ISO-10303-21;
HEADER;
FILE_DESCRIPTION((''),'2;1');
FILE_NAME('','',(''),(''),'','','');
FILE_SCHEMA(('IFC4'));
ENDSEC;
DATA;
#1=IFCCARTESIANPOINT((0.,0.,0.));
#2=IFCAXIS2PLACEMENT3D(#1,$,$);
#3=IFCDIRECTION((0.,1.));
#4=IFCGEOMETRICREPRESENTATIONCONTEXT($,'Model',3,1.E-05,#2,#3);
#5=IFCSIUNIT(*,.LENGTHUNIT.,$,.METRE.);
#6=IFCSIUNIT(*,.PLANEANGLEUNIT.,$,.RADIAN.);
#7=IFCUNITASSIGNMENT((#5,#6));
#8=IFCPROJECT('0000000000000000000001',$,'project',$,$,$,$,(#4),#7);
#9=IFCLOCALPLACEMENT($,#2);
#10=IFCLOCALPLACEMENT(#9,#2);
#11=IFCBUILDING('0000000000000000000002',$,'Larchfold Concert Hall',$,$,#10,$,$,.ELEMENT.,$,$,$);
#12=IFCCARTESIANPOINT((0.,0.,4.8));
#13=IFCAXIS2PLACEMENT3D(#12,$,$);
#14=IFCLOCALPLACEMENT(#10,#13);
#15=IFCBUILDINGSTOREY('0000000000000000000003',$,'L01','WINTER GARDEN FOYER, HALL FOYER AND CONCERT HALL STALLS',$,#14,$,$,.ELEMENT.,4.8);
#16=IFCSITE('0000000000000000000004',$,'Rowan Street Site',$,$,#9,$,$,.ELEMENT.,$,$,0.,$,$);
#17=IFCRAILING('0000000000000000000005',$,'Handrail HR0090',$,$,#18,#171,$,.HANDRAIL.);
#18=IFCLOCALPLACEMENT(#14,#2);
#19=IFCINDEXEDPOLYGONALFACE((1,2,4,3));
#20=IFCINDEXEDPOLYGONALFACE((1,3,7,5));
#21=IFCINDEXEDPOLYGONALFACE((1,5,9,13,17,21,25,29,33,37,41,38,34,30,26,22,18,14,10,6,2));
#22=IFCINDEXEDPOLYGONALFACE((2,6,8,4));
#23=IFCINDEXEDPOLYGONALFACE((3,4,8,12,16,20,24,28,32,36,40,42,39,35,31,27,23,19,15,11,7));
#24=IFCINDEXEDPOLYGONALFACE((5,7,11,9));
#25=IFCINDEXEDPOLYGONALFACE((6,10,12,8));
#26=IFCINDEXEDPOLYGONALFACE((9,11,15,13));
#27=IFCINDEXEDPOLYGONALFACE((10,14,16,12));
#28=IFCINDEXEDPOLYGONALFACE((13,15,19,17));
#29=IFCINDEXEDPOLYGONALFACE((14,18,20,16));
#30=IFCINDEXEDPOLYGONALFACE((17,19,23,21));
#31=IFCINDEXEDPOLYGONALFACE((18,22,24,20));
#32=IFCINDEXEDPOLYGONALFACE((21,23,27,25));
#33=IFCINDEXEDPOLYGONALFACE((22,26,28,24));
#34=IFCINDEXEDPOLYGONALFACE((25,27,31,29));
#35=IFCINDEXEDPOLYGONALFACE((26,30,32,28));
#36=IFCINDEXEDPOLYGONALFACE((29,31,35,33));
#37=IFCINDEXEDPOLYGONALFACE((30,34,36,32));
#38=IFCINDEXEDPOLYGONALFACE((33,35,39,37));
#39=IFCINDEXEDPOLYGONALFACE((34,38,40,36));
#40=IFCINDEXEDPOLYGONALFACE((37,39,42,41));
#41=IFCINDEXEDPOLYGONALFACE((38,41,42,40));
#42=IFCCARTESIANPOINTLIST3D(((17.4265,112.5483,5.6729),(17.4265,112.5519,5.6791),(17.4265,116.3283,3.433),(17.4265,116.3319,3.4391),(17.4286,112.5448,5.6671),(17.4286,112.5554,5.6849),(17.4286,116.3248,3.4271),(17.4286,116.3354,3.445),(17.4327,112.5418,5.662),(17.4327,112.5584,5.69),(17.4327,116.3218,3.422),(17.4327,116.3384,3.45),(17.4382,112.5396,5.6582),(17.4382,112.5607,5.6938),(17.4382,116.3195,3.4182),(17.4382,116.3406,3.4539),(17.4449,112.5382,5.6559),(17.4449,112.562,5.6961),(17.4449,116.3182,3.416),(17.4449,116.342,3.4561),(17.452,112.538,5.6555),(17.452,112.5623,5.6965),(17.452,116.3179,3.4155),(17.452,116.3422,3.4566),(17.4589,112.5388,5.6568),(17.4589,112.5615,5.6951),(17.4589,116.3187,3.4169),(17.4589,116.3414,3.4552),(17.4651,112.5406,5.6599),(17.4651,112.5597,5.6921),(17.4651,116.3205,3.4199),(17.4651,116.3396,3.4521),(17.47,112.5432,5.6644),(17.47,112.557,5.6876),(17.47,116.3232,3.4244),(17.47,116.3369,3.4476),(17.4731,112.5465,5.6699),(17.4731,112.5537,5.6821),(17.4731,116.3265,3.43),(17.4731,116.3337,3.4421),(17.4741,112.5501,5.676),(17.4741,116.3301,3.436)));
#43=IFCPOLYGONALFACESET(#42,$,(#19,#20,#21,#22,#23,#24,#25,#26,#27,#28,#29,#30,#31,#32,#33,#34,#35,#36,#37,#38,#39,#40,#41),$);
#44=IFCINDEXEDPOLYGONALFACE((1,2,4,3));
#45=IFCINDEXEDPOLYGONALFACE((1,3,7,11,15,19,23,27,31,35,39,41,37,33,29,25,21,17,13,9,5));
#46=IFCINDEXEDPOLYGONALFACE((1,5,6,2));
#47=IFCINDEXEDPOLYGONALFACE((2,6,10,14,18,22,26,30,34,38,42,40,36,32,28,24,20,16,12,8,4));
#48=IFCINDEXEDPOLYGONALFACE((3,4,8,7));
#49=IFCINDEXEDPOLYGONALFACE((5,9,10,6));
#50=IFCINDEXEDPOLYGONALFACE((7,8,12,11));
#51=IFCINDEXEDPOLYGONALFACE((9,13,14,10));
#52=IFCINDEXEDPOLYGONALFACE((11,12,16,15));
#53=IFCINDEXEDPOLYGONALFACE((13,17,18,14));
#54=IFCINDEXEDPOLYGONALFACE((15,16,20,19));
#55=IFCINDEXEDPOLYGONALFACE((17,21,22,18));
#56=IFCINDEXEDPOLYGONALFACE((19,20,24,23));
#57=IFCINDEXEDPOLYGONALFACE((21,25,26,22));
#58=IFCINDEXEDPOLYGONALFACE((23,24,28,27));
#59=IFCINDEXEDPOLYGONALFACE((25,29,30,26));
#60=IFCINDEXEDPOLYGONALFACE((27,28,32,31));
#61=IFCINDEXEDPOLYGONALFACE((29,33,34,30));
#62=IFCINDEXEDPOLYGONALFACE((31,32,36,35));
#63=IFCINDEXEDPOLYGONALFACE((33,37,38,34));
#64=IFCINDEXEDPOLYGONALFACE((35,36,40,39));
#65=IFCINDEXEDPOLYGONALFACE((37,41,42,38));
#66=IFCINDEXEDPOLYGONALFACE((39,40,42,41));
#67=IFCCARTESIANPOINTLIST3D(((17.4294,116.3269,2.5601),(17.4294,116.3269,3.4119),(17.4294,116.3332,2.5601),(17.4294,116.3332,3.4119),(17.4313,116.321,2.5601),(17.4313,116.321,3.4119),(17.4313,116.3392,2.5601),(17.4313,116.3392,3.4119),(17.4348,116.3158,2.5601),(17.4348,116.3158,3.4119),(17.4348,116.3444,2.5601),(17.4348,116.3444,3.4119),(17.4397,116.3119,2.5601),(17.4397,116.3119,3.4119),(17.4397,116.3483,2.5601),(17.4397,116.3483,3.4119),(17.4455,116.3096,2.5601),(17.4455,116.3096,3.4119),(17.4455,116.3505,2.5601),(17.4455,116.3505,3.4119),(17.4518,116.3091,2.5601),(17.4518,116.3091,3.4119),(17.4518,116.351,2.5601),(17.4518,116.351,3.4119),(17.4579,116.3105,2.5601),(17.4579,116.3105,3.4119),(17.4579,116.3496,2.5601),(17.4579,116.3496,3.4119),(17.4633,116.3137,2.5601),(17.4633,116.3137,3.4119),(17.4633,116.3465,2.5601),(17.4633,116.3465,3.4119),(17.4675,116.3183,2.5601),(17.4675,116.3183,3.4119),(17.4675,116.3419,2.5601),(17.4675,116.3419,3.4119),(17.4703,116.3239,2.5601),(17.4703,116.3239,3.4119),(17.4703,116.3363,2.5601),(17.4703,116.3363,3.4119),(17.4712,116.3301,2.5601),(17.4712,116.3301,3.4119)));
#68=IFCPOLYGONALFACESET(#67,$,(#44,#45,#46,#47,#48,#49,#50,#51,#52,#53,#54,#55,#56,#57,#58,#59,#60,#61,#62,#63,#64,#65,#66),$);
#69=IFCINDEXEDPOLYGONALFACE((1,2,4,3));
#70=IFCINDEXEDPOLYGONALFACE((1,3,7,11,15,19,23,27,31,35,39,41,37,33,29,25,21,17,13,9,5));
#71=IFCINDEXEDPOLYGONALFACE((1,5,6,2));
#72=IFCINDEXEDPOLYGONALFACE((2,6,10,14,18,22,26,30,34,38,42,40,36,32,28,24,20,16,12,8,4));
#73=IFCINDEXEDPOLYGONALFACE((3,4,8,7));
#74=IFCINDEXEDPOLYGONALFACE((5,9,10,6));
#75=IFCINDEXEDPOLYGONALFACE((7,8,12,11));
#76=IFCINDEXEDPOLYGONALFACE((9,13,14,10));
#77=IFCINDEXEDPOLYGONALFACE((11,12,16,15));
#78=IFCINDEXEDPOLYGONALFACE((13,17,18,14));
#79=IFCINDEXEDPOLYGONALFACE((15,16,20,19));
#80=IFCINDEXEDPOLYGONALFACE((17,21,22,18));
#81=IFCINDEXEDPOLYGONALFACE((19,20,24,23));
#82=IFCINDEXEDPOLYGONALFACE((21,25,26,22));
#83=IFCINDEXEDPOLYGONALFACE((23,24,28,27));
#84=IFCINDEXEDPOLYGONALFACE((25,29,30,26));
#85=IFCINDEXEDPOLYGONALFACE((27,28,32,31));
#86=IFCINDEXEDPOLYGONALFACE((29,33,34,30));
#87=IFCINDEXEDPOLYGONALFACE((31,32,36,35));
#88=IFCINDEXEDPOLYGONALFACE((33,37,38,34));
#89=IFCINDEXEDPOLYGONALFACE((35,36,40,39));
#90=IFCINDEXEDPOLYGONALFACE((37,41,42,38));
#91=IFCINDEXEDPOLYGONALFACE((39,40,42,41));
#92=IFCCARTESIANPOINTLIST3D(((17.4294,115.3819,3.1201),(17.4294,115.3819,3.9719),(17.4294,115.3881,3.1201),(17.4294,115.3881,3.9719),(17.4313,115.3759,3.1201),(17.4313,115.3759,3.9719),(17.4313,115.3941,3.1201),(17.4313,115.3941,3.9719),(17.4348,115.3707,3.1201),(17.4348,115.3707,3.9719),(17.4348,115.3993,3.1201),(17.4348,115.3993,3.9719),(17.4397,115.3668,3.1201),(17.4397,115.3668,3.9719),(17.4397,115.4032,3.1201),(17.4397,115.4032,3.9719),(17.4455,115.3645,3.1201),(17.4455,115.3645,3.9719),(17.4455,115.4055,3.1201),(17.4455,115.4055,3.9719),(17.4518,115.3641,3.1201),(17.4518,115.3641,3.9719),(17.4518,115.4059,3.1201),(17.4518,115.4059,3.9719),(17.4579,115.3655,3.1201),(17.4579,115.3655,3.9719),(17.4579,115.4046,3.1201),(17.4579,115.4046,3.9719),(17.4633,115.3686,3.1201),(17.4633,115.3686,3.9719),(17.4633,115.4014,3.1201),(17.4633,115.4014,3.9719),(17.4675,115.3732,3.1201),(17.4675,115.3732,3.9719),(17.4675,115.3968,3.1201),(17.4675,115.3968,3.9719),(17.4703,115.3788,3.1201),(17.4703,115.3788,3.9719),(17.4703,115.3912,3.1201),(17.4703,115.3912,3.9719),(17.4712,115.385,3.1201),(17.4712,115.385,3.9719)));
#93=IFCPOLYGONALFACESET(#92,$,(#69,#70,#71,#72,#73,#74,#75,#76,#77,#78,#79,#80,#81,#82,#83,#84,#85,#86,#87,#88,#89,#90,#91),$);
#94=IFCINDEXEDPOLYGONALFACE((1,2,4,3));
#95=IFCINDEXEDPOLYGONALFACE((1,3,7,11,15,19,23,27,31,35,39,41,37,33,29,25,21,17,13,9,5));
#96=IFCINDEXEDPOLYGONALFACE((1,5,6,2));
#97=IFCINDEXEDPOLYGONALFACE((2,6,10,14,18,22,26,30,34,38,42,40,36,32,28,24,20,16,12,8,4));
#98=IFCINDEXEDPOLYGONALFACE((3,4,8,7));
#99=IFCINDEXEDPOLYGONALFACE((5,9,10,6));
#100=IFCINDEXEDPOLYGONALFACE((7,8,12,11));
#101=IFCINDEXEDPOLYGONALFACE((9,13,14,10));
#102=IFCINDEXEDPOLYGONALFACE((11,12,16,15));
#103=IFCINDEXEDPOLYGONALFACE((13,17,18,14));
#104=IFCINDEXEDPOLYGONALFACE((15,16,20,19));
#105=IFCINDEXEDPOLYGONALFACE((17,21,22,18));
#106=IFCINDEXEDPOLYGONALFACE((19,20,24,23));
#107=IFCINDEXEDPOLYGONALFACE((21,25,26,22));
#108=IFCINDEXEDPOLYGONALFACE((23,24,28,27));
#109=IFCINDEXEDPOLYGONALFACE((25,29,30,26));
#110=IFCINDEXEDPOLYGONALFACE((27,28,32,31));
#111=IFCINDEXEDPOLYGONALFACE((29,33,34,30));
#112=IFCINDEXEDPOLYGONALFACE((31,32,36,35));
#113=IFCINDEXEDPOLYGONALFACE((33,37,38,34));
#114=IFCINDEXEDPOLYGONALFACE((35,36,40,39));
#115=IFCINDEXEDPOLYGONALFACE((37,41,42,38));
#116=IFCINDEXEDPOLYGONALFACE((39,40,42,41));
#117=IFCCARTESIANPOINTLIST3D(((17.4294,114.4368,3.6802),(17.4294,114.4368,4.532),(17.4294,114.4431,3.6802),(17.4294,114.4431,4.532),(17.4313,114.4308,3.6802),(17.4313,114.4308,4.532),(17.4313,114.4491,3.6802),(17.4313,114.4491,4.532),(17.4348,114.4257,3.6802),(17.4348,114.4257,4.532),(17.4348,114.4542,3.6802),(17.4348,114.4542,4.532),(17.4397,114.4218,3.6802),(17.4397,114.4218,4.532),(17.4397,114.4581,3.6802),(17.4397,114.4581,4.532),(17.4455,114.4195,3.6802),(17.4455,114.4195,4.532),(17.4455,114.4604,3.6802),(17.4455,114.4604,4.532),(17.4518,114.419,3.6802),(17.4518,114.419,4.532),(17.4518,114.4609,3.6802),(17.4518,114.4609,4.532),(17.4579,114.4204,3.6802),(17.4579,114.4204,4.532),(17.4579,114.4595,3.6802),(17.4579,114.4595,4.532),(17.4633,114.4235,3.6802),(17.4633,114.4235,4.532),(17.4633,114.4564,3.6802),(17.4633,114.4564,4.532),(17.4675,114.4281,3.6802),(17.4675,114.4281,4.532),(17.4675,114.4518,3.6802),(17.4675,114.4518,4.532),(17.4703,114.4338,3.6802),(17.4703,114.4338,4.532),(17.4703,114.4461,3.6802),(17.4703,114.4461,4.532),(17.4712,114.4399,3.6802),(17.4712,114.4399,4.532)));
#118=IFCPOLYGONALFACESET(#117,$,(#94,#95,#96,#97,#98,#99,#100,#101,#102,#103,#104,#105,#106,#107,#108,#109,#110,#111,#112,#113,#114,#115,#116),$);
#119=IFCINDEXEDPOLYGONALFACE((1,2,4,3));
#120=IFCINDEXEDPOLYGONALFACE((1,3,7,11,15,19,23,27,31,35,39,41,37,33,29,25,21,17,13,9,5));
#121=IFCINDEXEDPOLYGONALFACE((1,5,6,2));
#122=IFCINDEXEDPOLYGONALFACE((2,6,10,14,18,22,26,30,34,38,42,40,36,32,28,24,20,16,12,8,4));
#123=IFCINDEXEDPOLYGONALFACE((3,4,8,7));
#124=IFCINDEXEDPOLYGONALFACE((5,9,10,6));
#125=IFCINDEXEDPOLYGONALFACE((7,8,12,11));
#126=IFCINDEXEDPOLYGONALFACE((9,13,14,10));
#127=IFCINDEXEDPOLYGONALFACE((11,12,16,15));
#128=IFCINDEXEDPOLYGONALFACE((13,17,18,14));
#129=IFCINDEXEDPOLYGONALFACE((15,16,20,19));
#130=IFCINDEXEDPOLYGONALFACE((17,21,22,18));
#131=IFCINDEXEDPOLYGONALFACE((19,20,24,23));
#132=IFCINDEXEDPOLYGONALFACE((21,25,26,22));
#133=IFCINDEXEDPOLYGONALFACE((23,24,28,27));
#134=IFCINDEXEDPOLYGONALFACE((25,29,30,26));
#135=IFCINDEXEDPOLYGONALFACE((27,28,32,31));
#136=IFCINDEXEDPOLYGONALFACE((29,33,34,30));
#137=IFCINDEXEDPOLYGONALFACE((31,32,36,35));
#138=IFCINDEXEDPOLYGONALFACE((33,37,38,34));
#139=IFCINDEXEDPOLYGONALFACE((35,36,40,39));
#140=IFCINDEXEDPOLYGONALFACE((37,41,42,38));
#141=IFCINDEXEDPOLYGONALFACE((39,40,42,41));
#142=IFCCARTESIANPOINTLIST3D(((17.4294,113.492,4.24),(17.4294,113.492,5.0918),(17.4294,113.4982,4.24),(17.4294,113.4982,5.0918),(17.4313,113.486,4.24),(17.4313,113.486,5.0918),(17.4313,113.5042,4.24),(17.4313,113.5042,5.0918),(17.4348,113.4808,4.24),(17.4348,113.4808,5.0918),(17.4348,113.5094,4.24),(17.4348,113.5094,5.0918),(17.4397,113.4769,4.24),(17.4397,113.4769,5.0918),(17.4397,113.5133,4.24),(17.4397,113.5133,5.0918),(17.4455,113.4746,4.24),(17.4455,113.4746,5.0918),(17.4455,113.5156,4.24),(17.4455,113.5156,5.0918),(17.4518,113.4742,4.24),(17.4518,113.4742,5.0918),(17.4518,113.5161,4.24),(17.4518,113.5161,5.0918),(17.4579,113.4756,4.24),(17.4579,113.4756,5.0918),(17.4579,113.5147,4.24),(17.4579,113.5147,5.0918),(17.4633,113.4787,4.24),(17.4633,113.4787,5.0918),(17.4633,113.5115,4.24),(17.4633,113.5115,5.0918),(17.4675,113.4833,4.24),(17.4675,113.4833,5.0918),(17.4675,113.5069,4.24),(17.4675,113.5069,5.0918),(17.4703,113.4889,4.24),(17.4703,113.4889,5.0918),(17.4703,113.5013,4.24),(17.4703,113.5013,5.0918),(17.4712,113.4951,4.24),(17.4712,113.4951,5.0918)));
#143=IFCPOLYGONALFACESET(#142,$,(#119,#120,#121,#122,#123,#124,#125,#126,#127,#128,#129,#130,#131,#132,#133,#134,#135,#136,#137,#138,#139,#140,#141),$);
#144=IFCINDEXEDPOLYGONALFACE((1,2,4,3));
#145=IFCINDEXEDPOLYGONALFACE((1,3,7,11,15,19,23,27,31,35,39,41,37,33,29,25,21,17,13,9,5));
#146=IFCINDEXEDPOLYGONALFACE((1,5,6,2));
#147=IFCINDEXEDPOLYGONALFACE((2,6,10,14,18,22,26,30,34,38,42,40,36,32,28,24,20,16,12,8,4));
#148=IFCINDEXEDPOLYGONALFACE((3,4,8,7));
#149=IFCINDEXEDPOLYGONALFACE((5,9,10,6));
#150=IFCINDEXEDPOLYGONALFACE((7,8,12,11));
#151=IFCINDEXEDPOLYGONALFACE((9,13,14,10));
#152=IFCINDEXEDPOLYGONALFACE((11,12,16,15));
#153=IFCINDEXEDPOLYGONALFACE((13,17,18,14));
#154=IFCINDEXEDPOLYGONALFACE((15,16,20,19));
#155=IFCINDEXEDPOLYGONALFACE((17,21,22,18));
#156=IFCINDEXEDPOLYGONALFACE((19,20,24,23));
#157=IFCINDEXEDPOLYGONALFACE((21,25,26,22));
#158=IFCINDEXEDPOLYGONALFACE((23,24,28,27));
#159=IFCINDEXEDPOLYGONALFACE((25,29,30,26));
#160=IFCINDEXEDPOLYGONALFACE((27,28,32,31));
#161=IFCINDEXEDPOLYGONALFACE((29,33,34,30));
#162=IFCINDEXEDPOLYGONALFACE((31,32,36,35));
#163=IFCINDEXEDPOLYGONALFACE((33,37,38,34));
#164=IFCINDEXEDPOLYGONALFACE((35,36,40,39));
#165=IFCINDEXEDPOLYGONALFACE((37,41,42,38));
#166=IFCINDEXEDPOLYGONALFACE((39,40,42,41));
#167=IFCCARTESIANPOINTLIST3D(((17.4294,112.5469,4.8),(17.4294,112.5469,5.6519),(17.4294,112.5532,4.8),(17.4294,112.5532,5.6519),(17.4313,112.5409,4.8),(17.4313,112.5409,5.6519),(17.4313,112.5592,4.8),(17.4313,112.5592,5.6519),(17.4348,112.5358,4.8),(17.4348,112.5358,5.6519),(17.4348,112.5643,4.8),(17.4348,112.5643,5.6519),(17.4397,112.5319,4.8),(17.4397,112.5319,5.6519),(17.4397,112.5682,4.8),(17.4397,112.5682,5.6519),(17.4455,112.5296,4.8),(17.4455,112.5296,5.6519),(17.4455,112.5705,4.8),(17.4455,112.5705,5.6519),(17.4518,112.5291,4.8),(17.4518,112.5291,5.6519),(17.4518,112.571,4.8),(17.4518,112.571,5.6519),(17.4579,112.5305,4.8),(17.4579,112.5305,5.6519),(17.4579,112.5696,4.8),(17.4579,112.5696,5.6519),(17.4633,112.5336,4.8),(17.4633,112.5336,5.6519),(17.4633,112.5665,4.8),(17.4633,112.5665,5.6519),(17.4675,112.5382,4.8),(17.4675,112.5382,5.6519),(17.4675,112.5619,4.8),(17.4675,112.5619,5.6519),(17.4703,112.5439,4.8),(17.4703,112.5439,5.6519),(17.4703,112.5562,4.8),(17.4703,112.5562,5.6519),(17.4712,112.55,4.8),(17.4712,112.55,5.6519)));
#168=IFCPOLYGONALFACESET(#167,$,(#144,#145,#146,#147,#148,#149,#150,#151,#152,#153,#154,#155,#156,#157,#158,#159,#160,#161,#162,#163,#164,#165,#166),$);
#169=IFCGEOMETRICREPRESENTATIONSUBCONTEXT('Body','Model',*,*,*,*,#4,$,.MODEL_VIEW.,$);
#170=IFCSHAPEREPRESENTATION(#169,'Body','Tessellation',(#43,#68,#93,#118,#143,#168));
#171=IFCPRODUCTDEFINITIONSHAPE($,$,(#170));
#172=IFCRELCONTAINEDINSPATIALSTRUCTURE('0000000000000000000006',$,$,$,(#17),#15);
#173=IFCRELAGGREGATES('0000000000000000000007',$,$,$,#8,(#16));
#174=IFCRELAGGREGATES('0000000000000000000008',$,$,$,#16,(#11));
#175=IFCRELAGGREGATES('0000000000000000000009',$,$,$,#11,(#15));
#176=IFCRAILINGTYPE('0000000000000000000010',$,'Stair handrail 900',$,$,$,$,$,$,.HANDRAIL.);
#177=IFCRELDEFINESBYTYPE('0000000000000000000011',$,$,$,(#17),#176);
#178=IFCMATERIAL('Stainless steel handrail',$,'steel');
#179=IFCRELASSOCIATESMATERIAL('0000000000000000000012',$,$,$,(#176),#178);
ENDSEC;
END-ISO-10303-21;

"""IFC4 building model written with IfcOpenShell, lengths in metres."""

from ifc_helpers import new_model, si_unit, direction, frame, origin, origin_2d, place, context, subcontext, project, spatial, circle, extrude, material, type_object, element, save


model = new_model("IFC4")

# Units and contexts
model_context = context("Model", 3, precision=1e-05, world=origin(), true_north=direction((0.0, 1.0)))
body_context = subcontext(model_context, "Body", "Model", "MODEL_VIEW")
ifc_project = project(units=[si_unit("LENGTHUNIT", "METRE"), si_unit("PLANEANGLEUNIT", "RADIAN")], contexts=[model_context])

# Site, building, storey
site_placement = place(None, origin())
site = spatial("IfcSite", under=ifc_project, at=site_placement, Name="Rowan Street Site", CompositionType="ELEMENT", RefElevation=0.0)
building_placement = place(site_placement, origin())
building = spatial("IfcBuilding", under=site, at=building_placement, Name="Larchfold Concert Hall", CompositionType="ELEMENT")
storey_placement = place(building_placement, frame((0.0, 0.0, 4.8)))
storey = spatial("IfcBuildingStorey", under=building, at=storey_placement, Name="L01", Description="WINTER GARDEN FOYER, HALL FOYER AND CONCERT HALL STALLS", CompositionType="ELEMENT", Elevation=4.8)

# Railing
ifc_material_1 = material(Name="Stainless steel handrail", Category="steel")
railing_type_1 = type_object("IfcRailingType", Name="Stair handrail 900", PredefinedType="HANDRAIL", material=ifc_material_1)
for number, where, name in (
    (1, (17.4502, 116.3301, 2.5601), "Handrail HR0090"),
):
    element("IfcRailing", number, at=place(storey_placement, frame(where)), inside=storey, type_object=railing_type_1, Name=name, PredefinedType="HANDRAIL", context=body_context, shape_type="SweptSolid", body=[
        extrude(circle(Radius=0.0239, at=origin_2d()), frame((0.0, 0.0, 0.876), z_axis=(0.0, -0.860294, 0.509798), x_axis=(1.0, 0.0, 0.0)), (0.0, 0.0, 1.0), 4.3938),
        extrude(circle(Radius=0.021, at=origin_2d()), origin(), (0.0, 0.0, 1.0), 0.8518),
        extrude(circle(Radius=0.021, at=origin_2d()), frame((0.0, -0.9451, 0.5601)), (0.0, 0.0, 1.0), 0.8518),
        extrude(circle(Radius=0.021, at=origin_2d()), frame((0.0, -1.8901, 1.1201)), (0.0, 0.0, 1.0), 0.8518),
        extrude(circle(Radius=0.021, at=origin_2d()), frame((0.0, -2.835, 1.6799)), (0.0, 0.0, 1.0), 0.8518),
        extrude(circle(Radius=0.021, at=origin_2d()), frame((0.0, -3.78, 2.24)), (0.0, 0.0, 1.0), 0.8518),
    ])

save(model, "model.ifc")
